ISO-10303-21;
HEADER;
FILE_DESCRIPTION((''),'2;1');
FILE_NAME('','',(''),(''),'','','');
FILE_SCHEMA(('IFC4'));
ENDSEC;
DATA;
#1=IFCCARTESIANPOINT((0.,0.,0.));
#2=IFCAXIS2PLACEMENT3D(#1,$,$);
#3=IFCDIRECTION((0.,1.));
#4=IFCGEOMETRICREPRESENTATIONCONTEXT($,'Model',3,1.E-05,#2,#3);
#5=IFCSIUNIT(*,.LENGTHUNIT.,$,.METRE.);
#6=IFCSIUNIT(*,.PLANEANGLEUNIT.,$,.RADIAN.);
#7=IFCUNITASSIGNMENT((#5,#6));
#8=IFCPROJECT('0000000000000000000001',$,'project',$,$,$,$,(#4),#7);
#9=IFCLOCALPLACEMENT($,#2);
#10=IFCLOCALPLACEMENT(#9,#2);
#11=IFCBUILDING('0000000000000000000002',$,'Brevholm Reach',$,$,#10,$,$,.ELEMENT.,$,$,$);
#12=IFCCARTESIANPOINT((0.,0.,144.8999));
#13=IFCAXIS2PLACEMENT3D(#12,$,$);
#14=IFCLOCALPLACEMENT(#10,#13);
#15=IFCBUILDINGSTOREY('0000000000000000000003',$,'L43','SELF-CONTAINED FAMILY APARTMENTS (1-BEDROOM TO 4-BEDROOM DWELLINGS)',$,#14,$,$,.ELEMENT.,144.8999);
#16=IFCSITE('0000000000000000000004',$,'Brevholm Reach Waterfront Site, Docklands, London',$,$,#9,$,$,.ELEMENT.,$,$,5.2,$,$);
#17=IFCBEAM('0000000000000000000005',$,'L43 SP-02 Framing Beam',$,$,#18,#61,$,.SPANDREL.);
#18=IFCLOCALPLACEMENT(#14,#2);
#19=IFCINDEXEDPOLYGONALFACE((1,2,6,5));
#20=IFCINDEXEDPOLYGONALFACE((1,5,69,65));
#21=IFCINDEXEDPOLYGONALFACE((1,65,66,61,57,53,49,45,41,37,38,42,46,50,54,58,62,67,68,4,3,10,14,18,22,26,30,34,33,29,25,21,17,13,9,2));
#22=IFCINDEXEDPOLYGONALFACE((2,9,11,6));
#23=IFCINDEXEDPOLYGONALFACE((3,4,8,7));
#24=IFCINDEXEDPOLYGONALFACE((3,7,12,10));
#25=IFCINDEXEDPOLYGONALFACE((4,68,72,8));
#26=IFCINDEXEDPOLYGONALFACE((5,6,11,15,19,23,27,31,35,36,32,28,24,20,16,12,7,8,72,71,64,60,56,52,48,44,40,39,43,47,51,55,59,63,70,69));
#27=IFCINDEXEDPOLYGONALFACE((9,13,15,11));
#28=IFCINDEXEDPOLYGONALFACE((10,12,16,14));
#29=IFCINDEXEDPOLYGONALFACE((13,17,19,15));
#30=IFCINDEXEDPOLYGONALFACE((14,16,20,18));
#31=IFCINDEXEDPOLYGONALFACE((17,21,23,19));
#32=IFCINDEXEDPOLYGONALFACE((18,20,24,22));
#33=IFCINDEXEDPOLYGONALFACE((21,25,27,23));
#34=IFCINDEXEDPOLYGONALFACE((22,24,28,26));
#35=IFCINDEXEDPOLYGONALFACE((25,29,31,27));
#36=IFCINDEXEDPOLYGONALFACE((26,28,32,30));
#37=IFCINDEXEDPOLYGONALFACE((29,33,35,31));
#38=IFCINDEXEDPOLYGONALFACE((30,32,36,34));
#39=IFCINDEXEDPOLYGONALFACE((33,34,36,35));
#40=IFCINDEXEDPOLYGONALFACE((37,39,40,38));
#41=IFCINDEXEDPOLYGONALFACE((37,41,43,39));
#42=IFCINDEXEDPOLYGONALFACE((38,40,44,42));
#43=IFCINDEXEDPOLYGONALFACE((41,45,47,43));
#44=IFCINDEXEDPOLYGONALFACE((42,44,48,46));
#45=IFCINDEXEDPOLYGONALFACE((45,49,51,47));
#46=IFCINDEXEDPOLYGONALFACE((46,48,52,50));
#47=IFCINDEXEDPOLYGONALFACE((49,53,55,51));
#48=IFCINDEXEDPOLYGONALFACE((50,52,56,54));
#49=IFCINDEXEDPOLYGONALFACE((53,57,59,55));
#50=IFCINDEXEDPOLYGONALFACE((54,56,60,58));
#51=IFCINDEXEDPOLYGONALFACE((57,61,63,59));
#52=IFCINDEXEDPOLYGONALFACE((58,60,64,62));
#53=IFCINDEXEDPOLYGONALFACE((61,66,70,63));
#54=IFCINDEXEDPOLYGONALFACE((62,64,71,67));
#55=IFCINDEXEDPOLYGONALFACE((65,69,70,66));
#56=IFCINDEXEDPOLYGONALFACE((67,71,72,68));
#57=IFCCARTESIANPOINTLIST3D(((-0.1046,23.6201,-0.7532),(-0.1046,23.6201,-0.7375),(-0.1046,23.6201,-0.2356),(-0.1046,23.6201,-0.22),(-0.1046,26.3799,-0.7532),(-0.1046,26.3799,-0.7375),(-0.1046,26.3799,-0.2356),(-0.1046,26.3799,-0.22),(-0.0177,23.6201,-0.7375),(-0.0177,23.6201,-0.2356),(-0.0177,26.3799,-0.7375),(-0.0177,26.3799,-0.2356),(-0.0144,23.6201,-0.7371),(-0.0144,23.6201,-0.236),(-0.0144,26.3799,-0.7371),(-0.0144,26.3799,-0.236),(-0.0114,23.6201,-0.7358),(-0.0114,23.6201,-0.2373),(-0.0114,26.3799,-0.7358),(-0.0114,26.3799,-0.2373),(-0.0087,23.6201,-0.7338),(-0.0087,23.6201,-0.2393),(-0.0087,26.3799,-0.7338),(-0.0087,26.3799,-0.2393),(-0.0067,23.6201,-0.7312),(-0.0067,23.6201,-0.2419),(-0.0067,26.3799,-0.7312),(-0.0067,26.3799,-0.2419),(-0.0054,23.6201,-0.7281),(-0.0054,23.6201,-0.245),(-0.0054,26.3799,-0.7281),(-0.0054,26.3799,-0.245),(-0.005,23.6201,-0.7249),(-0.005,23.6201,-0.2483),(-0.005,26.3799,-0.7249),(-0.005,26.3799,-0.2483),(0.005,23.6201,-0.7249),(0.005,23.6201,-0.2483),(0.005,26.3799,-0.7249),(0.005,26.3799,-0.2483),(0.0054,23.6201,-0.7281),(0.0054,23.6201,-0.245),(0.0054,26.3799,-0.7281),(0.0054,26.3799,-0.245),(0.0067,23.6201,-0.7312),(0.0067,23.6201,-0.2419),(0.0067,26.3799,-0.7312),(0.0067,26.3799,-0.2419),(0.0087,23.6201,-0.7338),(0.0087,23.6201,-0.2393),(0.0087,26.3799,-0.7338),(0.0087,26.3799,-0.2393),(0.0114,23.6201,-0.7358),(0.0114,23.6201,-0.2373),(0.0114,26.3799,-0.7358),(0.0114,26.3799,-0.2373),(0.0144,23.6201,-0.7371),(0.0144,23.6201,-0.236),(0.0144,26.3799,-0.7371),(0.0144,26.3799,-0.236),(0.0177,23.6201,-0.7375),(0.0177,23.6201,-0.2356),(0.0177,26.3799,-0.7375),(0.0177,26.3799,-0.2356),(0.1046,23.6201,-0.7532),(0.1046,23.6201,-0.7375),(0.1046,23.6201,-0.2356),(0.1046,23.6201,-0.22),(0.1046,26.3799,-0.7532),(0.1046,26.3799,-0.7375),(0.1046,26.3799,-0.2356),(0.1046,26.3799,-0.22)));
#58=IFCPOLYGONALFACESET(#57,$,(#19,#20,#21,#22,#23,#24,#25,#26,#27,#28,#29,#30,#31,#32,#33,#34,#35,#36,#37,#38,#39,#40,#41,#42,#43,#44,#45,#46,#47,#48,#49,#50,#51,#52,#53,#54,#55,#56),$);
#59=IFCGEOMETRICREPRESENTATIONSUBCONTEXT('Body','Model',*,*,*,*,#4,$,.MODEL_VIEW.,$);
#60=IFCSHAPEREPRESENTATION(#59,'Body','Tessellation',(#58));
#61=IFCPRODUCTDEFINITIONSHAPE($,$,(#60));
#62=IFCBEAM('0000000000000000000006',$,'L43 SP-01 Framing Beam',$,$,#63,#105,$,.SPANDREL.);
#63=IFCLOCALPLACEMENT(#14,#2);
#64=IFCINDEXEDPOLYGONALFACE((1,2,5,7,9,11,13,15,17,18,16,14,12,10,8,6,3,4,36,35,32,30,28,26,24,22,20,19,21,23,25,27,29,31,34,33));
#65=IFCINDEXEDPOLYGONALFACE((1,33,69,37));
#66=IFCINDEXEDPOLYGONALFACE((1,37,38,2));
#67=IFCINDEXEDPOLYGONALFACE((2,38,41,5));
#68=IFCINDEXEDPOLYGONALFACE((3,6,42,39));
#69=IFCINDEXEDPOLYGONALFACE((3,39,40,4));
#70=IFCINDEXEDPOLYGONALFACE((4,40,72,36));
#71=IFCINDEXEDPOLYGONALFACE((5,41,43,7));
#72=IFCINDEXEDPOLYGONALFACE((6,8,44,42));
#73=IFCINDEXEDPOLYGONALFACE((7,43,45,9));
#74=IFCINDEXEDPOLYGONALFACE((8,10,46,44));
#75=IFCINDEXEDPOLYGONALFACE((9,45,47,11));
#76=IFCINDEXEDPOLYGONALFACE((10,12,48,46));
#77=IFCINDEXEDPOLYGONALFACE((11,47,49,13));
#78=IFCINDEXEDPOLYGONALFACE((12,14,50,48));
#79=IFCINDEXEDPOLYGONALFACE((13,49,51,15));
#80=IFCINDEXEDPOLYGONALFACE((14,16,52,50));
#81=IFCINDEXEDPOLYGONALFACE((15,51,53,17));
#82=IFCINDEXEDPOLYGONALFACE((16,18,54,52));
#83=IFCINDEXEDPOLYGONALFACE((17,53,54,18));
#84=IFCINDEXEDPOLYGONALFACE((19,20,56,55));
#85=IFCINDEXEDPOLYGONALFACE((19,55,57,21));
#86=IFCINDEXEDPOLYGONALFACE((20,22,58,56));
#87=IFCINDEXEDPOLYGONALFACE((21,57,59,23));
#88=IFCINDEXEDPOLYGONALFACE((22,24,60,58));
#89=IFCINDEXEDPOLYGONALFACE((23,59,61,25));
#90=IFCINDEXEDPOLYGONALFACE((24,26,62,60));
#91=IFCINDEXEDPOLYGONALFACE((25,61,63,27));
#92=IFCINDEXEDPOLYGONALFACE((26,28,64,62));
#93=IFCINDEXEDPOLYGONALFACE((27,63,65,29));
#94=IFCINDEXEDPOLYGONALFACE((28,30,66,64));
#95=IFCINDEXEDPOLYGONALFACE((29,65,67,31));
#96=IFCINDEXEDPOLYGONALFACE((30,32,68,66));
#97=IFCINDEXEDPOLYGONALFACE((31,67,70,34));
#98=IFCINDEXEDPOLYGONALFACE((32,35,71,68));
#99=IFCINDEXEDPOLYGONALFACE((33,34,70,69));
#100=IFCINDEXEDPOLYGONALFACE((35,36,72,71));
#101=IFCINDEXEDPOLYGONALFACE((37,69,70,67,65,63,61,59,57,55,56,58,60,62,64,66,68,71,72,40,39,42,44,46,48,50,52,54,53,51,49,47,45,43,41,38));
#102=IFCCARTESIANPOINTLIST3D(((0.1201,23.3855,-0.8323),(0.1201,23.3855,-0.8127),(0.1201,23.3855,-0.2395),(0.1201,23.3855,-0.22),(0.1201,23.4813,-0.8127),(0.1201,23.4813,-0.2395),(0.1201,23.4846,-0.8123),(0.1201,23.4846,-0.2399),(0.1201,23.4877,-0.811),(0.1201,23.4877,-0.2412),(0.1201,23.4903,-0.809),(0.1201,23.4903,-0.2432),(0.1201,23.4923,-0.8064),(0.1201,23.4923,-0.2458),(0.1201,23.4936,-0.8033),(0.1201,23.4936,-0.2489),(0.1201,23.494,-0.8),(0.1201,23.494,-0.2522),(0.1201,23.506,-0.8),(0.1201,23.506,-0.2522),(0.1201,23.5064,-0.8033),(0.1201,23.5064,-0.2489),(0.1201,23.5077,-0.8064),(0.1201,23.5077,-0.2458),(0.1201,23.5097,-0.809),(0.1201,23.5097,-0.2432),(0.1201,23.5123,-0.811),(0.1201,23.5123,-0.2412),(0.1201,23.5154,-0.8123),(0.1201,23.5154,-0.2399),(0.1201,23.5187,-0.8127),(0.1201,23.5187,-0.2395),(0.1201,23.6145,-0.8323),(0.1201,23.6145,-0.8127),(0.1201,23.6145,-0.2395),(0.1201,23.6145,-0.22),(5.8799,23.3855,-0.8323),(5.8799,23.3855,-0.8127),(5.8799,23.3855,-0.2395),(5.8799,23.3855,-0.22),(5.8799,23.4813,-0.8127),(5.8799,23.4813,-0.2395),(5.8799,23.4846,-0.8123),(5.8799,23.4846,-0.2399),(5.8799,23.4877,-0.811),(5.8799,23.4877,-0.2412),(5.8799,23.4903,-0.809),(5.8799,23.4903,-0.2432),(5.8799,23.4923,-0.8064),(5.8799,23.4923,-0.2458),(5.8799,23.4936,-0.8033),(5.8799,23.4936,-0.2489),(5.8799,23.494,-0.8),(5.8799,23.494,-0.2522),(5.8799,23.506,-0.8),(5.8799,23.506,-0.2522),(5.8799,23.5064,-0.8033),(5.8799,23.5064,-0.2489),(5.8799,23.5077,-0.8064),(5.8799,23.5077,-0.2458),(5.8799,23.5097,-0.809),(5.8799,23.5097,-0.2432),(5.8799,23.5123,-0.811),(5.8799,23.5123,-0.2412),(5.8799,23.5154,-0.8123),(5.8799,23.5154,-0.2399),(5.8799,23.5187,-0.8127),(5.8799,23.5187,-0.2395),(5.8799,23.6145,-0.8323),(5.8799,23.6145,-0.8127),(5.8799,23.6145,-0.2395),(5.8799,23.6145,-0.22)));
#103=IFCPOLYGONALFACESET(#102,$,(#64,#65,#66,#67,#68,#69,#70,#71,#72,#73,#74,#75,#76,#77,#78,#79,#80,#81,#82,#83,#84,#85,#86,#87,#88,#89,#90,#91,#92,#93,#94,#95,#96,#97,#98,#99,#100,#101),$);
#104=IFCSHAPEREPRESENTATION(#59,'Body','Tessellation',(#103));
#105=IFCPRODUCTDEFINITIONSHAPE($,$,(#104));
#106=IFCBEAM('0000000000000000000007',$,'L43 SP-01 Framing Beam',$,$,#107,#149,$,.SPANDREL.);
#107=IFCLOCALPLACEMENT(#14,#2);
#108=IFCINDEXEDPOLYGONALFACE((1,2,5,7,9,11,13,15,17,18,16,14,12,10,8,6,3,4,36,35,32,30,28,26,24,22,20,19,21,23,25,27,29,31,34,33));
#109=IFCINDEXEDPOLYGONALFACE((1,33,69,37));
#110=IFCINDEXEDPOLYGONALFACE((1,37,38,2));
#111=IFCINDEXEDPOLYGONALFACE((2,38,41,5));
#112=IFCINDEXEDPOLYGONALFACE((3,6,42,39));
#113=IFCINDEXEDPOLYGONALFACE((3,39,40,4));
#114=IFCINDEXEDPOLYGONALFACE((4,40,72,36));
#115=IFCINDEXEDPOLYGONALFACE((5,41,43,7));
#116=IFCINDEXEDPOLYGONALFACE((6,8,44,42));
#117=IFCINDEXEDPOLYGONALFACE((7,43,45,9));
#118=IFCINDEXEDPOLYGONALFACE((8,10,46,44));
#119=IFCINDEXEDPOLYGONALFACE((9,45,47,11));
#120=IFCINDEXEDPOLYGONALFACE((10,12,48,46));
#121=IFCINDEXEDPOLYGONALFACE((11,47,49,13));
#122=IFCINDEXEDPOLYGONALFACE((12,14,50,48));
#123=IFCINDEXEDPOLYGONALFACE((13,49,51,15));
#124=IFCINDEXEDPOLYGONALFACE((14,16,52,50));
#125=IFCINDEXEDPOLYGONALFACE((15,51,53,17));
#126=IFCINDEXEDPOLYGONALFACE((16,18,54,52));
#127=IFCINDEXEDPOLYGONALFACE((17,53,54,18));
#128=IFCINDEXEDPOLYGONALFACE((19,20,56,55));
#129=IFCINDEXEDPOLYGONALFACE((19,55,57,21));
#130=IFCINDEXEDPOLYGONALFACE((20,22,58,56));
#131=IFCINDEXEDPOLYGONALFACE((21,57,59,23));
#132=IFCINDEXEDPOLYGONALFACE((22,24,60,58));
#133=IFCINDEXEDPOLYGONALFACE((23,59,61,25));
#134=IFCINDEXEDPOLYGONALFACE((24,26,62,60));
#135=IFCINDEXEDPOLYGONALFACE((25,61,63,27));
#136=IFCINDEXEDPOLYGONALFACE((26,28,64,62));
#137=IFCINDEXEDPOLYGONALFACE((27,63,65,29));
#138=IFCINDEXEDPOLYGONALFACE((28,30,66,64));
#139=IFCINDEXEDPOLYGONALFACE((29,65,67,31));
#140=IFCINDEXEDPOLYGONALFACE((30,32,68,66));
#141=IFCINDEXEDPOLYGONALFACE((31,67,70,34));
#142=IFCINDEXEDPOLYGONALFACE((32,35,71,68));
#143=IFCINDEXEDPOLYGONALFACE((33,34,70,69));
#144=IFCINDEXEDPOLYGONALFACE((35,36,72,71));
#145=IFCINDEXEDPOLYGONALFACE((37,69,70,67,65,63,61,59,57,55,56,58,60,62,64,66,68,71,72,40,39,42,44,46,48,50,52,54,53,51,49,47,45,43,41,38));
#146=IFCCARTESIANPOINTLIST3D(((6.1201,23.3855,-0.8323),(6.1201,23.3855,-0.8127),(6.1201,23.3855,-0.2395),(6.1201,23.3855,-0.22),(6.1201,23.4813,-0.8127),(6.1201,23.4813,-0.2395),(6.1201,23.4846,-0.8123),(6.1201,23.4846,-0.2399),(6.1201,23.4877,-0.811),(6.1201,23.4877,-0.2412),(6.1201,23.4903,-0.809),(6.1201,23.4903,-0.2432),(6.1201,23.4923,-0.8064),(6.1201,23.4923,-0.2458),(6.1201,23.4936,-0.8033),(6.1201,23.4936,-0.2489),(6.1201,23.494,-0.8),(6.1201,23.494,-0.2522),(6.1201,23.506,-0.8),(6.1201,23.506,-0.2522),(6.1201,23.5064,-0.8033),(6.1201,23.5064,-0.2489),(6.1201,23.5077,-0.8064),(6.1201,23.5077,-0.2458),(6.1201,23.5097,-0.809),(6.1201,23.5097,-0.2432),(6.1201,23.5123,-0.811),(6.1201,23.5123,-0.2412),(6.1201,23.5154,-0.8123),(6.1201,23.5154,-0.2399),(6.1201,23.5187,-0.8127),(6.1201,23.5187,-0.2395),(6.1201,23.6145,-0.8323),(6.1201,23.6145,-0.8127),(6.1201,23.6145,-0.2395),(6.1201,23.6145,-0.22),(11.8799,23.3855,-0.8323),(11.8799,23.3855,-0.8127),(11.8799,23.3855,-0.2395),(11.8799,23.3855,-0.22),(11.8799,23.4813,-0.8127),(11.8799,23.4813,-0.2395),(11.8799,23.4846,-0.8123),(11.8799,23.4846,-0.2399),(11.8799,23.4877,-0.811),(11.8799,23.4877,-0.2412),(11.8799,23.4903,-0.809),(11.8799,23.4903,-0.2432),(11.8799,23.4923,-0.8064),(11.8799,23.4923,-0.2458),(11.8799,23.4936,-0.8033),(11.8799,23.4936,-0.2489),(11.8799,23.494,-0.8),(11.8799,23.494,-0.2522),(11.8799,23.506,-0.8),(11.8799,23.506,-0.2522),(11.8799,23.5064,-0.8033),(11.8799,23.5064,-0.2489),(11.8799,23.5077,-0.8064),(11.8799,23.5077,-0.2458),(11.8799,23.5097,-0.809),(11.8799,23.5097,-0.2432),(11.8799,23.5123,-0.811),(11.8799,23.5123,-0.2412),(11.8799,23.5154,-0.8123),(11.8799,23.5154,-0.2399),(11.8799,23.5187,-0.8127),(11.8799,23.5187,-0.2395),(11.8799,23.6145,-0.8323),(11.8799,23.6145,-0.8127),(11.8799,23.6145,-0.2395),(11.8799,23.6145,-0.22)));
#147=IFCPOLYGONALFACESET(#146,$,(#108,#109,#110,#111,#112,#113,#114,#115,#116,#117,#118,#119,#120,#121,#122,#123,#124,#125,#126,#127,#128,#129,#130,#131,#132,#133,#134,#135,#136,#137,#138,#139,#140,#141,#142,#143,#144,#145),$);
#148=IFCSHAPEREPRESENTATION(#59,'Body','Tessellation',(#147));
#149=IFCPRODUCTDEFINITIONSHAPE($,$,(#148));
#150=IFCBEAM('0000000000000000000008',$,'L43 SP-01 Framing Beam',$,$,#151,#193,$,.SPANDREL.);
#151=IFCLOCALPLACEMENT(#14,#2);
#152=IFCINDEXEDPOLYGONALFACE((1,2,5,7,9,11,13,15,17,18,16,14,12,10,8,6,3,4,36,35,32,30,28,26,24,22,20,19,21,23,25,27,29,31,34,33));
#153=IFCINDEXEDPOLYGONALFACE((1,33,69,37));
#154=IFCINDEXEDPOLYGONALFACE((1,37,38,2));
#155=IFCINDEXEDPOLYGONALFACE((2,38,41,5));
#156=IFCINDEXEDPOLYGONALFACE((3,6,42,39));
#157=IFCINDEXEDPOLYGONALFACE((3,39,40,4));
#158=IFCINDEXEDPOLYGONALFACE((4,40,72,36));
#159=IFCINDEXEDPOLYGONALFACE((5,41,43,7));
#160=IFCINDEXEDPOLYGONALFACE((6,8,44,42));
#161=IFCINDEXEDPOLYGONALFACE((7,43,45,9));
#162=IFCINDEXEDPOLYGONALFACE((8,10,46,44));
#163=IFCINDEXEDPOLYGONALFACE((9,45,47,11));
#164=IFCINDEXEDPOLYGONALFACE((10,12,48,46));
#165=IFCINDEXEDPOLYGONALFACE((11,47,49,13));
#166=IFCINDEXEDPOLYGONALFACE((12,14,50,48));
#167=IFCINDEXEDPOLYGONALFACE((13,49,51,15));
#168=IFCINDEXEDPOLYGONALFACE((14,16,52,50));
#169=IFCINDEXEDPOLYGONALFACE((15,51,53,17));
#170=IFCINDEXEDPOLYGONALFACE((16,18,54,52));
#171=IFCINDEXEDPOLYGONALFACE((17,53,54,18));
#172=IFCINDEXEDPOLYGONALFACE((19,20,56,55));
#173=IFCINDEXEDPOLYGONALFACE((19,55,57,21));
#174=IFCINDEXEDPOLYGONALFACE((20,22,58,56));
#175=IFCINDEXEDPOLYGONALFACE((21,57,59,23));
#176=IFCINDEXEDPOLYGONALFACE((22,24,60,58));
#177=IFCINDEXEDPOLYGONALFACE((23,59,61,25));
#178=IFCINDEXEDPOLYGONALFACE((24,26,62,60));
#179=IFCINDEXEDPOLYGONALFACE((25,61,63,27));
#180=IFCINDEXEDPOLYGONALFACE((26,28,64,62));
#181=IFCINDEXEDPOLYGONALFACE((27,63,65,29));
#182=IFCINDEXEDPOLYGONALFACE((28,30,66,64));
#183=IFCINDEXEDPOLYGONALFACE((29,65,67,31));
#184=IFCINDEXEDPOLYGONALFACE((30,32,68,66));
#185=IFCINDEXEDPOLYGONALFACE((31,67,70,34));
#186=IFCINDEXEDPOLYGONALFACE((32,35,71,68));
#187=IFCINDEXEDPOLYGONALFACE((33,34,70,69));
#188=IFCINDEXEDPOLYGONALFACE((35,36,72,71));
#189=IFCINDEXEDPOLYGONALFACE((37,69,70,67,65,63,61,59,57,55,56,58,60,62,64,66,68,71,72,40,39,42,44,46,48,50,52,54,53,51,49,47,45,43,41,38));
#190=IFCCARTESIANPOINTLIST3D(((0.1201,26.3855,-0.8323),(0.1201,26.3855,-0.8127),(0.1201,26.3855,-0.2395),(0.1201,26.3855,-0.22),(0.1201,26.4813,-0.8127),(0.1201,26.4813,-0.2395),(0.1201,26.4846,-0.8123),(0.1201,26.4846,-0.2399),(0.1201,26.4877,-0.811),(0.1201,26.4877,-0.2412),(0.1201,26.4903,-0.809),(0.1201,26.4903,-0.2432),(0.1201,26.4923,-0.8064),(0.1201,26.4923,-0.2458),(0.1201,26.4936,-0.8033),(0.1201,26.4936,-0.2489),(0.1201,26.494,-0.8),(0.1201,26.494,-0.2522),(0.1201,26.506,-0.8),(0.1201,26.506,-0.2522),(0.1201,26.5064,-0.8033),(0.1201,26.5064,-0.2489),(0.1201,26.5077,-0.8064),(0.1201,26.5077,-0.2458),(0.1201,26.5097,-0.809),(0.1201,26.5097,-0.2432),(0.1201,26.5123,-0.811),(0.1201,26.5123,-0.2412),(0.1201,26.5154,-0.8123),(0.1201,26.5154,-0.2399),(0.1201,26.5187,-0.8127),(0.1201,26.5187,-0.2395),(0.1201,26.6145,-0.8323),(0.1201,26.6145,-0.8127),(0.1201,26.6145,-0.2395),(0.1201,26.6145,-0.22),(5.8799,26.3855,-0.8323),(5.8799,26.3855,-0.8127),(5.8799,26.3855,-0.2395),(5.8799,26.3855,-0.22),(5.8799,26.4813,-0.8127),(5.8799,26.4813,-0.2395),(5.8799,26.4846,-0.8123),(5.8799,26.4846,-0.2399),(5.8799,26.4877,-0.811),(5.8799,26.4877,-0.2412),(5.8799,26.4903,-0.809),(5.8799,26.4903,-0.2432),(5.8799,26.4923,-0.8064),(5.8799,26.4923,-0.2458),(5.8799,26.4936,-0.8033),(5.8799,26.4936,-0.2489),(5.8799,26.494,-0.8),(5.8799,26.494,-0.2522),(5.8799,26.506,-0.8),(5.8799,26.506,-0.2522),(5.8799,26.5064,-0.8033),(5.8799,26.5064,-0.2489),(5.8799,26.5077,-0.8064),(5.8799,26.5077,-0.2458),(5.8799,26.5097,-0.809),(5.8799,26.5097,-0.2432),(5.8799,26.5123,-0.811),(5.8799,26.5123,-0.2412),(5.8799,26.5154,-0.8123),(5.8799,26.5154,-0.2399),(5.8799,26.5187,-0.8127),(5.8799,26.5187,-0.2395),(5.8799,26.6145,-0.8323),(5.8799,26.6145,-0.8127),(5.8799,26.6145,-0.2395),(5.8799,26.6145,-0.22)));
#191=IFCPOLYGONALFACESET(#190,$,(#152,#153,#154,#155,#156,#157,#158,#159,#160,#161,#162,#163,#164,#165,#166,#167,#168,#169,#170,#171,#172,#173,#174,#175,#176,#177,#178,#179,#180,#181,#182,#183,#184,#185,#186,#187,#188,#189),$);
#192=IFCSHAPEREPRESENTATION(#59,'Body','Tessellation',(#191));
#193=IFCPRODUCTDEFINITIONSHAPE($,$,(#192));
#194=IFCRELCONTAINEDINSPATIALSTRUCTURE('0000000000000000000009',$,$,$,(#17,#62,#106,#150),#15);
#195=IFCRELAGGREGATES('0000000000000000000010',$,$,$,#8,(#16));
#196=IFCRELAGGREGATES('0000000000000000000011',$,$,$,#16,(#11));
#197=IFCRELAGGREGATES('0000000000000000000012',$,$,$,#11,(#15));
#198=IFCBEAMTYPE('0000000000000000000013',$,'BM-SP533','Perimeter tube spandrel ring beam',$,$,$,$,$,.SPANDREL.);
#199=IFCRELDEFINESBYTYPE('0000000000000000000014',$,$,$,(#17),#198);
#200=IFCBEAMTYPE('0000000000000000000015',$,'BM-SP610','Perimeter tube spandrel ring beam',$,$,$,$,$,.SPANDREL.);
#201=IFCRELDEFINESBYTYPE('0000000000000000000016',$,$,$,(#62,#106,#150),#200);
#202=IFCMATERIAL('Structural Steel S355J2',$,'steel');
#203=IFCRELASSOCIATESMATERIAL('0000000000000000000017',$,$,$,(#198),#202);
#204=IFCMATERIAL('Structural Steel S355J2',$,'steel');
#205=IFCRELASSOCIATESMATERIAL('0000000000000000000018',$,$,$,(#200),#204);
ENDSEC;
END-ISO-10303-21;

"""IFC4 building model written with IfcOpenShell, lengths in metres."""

from ifc_helpers import new_model, si_unit, direction, frame, origin, origin_2d, place, context, subcontext, project, spatial, i_section, extrude, material, material_profile, profile_set, type_object, element, save


model = new_model("IFC4")

# Units and contexts
model_context = context("Model", 3, precision=1e-05, world=origin(), true_north=direction((0.0, 1.0)))
body_context = subcontext(model_context, "Body", "Model", "MODEL_VIEW")
ifc_project = project(units=[si_unit("LENGTHUNIT", "METRE"), si_unit("PLANEANGLEUNIT", "RADIAN")], contexts=[model_context])

# Site, building, storey
site_placement = place(None, origin())
site = spatial("IfcSite", under=ifc_project, at=site_placement, Name="Brevholm Reach Waterfront Site, Docklands, London", CompositionType="ELEMENT", RefElevation=5.2)
building_placement = place(site_placement, origin())
building = spatial("IfcBuilding", under=site, at=building_placement, Name="Brevholm Reach", CompositionType="ELEMENT")
storey_placement = place(building_placement, frame((0.0, 0.0, 144.8999)))
storey = spatial("IfcBuildingStorey", under=building, at=storey_placement, Name="L43", Description="SELF-CONTAINED FAMILY APARTMENTS (1-BEDROOM TO 4-BEDROOM DWELLINGS)", CompositionType="ELEMENT", Elevation=144.8999)

# Beams
ifc_material_1 = material(Name="Structural Steel S355J2", Category="steel")
ifc_material_profile_1 = material_profile(ifc_material_1, i_section(OverallWidth=0.2092, OverallDepth=0.5332, WebThickness=0.01, FlangeThickness=0.0156, FilletRadius=0.0127, at=origin_2d()), Name="UKB 533x210x92")
ifc_profile_set_1 = profile_set([ifc_material_profile_1], Name="Structural Steel S355J2")
beam_type_1 = type_object("IfcBeamType", Name="BM-SP533", Description="Perimeter tube spandrel ring beam", PredefinedType="SPANDREL", material=ifc_profile_set_1)
beam_1_placement = place(storey_placement, frame((0.0, 23.6201, -0.4866), z_axis=(0.0, 1.0, 0.0), x_axis=(-1.0, 0.0, 0.0)))
element("IfcBeam", 1, at=beam_1_placement, inside=storey, type_object=beam_type_1, Name="L43 SP-02 Framing Beam", PredefinedType="SPANDREL", context=body_context, shape_type="SweptSolid", body=[
    extrude(i_section(OverallWidth=0.2092, OverallDepth=0.5332, WebThickness=0.01, FlangeThickness=0.0156, FilletRadius=0.0127, at=origin_2d()), origin(), (0.0, 0.0, 1.0), 2.7598),
])
ifc_material_2 = material(Name="Structural Steel S355J2", Category="steel")
ifc_material_profile_2 = material_profile(ifc_material_2, i_section(OverallWidth=0.229, OverallDepth=0.6123, WebThickness=0.012, FlangeThickness=0.0195, FilletRadius=0.0127, at=origin_2d()), Name="UKB 610x229x125")
ifc_profile_set_2 = profile_set([ifc_material_profile_2], Name="Structural Steel S355J2")
beam_type_2 = type_object("IfcBeamType", Name="BM-SP610", Description="Perimeter tube spandrel ring beam", PredefinedType="SPANDREL", material=ifc_profile_set_2)
for number, where, z_axis, x_axis, name in (
    (2, (0.1201, 23.5, -0.5261), (1.0, 0.0, 0.0), (0.0, 1.0, 0.0), "L43 SP-01 Framing Beam"),
    (3, (6.1201, 23.5, -0.5261), (1.0, 0.0, 0.0), (0.0, 1.0, 0.0), "L43 SP-01 Framing Beam"),
    (4, (0.1201, 26.5, -0.5261), (1.0, 0.0, 0.0), (0.0, 1.0, 0.0), "L43 SP-01 Framing Beam"),
):
    element("IfcBeam", number, at=place(storey_placement, frame(where, z_axis=z_axis, x_axis=x_axis)), inside=storey, type_object=beam_type_2, Name=name, PredefinedType="SPANDREL", context=body_context, shape_type="SweptSolid", body=[
        extrude(i_section(OverallWidth=0.229, OverallDepth=0.6123, WebThickness=0.012, FlangeThickness=0.0195, FilletRadius=0.0127, at=origin_2d()), origin(), (0.0, 0.0, 1.0), 5.7598),
    ])

save(model, "model.ifc")
